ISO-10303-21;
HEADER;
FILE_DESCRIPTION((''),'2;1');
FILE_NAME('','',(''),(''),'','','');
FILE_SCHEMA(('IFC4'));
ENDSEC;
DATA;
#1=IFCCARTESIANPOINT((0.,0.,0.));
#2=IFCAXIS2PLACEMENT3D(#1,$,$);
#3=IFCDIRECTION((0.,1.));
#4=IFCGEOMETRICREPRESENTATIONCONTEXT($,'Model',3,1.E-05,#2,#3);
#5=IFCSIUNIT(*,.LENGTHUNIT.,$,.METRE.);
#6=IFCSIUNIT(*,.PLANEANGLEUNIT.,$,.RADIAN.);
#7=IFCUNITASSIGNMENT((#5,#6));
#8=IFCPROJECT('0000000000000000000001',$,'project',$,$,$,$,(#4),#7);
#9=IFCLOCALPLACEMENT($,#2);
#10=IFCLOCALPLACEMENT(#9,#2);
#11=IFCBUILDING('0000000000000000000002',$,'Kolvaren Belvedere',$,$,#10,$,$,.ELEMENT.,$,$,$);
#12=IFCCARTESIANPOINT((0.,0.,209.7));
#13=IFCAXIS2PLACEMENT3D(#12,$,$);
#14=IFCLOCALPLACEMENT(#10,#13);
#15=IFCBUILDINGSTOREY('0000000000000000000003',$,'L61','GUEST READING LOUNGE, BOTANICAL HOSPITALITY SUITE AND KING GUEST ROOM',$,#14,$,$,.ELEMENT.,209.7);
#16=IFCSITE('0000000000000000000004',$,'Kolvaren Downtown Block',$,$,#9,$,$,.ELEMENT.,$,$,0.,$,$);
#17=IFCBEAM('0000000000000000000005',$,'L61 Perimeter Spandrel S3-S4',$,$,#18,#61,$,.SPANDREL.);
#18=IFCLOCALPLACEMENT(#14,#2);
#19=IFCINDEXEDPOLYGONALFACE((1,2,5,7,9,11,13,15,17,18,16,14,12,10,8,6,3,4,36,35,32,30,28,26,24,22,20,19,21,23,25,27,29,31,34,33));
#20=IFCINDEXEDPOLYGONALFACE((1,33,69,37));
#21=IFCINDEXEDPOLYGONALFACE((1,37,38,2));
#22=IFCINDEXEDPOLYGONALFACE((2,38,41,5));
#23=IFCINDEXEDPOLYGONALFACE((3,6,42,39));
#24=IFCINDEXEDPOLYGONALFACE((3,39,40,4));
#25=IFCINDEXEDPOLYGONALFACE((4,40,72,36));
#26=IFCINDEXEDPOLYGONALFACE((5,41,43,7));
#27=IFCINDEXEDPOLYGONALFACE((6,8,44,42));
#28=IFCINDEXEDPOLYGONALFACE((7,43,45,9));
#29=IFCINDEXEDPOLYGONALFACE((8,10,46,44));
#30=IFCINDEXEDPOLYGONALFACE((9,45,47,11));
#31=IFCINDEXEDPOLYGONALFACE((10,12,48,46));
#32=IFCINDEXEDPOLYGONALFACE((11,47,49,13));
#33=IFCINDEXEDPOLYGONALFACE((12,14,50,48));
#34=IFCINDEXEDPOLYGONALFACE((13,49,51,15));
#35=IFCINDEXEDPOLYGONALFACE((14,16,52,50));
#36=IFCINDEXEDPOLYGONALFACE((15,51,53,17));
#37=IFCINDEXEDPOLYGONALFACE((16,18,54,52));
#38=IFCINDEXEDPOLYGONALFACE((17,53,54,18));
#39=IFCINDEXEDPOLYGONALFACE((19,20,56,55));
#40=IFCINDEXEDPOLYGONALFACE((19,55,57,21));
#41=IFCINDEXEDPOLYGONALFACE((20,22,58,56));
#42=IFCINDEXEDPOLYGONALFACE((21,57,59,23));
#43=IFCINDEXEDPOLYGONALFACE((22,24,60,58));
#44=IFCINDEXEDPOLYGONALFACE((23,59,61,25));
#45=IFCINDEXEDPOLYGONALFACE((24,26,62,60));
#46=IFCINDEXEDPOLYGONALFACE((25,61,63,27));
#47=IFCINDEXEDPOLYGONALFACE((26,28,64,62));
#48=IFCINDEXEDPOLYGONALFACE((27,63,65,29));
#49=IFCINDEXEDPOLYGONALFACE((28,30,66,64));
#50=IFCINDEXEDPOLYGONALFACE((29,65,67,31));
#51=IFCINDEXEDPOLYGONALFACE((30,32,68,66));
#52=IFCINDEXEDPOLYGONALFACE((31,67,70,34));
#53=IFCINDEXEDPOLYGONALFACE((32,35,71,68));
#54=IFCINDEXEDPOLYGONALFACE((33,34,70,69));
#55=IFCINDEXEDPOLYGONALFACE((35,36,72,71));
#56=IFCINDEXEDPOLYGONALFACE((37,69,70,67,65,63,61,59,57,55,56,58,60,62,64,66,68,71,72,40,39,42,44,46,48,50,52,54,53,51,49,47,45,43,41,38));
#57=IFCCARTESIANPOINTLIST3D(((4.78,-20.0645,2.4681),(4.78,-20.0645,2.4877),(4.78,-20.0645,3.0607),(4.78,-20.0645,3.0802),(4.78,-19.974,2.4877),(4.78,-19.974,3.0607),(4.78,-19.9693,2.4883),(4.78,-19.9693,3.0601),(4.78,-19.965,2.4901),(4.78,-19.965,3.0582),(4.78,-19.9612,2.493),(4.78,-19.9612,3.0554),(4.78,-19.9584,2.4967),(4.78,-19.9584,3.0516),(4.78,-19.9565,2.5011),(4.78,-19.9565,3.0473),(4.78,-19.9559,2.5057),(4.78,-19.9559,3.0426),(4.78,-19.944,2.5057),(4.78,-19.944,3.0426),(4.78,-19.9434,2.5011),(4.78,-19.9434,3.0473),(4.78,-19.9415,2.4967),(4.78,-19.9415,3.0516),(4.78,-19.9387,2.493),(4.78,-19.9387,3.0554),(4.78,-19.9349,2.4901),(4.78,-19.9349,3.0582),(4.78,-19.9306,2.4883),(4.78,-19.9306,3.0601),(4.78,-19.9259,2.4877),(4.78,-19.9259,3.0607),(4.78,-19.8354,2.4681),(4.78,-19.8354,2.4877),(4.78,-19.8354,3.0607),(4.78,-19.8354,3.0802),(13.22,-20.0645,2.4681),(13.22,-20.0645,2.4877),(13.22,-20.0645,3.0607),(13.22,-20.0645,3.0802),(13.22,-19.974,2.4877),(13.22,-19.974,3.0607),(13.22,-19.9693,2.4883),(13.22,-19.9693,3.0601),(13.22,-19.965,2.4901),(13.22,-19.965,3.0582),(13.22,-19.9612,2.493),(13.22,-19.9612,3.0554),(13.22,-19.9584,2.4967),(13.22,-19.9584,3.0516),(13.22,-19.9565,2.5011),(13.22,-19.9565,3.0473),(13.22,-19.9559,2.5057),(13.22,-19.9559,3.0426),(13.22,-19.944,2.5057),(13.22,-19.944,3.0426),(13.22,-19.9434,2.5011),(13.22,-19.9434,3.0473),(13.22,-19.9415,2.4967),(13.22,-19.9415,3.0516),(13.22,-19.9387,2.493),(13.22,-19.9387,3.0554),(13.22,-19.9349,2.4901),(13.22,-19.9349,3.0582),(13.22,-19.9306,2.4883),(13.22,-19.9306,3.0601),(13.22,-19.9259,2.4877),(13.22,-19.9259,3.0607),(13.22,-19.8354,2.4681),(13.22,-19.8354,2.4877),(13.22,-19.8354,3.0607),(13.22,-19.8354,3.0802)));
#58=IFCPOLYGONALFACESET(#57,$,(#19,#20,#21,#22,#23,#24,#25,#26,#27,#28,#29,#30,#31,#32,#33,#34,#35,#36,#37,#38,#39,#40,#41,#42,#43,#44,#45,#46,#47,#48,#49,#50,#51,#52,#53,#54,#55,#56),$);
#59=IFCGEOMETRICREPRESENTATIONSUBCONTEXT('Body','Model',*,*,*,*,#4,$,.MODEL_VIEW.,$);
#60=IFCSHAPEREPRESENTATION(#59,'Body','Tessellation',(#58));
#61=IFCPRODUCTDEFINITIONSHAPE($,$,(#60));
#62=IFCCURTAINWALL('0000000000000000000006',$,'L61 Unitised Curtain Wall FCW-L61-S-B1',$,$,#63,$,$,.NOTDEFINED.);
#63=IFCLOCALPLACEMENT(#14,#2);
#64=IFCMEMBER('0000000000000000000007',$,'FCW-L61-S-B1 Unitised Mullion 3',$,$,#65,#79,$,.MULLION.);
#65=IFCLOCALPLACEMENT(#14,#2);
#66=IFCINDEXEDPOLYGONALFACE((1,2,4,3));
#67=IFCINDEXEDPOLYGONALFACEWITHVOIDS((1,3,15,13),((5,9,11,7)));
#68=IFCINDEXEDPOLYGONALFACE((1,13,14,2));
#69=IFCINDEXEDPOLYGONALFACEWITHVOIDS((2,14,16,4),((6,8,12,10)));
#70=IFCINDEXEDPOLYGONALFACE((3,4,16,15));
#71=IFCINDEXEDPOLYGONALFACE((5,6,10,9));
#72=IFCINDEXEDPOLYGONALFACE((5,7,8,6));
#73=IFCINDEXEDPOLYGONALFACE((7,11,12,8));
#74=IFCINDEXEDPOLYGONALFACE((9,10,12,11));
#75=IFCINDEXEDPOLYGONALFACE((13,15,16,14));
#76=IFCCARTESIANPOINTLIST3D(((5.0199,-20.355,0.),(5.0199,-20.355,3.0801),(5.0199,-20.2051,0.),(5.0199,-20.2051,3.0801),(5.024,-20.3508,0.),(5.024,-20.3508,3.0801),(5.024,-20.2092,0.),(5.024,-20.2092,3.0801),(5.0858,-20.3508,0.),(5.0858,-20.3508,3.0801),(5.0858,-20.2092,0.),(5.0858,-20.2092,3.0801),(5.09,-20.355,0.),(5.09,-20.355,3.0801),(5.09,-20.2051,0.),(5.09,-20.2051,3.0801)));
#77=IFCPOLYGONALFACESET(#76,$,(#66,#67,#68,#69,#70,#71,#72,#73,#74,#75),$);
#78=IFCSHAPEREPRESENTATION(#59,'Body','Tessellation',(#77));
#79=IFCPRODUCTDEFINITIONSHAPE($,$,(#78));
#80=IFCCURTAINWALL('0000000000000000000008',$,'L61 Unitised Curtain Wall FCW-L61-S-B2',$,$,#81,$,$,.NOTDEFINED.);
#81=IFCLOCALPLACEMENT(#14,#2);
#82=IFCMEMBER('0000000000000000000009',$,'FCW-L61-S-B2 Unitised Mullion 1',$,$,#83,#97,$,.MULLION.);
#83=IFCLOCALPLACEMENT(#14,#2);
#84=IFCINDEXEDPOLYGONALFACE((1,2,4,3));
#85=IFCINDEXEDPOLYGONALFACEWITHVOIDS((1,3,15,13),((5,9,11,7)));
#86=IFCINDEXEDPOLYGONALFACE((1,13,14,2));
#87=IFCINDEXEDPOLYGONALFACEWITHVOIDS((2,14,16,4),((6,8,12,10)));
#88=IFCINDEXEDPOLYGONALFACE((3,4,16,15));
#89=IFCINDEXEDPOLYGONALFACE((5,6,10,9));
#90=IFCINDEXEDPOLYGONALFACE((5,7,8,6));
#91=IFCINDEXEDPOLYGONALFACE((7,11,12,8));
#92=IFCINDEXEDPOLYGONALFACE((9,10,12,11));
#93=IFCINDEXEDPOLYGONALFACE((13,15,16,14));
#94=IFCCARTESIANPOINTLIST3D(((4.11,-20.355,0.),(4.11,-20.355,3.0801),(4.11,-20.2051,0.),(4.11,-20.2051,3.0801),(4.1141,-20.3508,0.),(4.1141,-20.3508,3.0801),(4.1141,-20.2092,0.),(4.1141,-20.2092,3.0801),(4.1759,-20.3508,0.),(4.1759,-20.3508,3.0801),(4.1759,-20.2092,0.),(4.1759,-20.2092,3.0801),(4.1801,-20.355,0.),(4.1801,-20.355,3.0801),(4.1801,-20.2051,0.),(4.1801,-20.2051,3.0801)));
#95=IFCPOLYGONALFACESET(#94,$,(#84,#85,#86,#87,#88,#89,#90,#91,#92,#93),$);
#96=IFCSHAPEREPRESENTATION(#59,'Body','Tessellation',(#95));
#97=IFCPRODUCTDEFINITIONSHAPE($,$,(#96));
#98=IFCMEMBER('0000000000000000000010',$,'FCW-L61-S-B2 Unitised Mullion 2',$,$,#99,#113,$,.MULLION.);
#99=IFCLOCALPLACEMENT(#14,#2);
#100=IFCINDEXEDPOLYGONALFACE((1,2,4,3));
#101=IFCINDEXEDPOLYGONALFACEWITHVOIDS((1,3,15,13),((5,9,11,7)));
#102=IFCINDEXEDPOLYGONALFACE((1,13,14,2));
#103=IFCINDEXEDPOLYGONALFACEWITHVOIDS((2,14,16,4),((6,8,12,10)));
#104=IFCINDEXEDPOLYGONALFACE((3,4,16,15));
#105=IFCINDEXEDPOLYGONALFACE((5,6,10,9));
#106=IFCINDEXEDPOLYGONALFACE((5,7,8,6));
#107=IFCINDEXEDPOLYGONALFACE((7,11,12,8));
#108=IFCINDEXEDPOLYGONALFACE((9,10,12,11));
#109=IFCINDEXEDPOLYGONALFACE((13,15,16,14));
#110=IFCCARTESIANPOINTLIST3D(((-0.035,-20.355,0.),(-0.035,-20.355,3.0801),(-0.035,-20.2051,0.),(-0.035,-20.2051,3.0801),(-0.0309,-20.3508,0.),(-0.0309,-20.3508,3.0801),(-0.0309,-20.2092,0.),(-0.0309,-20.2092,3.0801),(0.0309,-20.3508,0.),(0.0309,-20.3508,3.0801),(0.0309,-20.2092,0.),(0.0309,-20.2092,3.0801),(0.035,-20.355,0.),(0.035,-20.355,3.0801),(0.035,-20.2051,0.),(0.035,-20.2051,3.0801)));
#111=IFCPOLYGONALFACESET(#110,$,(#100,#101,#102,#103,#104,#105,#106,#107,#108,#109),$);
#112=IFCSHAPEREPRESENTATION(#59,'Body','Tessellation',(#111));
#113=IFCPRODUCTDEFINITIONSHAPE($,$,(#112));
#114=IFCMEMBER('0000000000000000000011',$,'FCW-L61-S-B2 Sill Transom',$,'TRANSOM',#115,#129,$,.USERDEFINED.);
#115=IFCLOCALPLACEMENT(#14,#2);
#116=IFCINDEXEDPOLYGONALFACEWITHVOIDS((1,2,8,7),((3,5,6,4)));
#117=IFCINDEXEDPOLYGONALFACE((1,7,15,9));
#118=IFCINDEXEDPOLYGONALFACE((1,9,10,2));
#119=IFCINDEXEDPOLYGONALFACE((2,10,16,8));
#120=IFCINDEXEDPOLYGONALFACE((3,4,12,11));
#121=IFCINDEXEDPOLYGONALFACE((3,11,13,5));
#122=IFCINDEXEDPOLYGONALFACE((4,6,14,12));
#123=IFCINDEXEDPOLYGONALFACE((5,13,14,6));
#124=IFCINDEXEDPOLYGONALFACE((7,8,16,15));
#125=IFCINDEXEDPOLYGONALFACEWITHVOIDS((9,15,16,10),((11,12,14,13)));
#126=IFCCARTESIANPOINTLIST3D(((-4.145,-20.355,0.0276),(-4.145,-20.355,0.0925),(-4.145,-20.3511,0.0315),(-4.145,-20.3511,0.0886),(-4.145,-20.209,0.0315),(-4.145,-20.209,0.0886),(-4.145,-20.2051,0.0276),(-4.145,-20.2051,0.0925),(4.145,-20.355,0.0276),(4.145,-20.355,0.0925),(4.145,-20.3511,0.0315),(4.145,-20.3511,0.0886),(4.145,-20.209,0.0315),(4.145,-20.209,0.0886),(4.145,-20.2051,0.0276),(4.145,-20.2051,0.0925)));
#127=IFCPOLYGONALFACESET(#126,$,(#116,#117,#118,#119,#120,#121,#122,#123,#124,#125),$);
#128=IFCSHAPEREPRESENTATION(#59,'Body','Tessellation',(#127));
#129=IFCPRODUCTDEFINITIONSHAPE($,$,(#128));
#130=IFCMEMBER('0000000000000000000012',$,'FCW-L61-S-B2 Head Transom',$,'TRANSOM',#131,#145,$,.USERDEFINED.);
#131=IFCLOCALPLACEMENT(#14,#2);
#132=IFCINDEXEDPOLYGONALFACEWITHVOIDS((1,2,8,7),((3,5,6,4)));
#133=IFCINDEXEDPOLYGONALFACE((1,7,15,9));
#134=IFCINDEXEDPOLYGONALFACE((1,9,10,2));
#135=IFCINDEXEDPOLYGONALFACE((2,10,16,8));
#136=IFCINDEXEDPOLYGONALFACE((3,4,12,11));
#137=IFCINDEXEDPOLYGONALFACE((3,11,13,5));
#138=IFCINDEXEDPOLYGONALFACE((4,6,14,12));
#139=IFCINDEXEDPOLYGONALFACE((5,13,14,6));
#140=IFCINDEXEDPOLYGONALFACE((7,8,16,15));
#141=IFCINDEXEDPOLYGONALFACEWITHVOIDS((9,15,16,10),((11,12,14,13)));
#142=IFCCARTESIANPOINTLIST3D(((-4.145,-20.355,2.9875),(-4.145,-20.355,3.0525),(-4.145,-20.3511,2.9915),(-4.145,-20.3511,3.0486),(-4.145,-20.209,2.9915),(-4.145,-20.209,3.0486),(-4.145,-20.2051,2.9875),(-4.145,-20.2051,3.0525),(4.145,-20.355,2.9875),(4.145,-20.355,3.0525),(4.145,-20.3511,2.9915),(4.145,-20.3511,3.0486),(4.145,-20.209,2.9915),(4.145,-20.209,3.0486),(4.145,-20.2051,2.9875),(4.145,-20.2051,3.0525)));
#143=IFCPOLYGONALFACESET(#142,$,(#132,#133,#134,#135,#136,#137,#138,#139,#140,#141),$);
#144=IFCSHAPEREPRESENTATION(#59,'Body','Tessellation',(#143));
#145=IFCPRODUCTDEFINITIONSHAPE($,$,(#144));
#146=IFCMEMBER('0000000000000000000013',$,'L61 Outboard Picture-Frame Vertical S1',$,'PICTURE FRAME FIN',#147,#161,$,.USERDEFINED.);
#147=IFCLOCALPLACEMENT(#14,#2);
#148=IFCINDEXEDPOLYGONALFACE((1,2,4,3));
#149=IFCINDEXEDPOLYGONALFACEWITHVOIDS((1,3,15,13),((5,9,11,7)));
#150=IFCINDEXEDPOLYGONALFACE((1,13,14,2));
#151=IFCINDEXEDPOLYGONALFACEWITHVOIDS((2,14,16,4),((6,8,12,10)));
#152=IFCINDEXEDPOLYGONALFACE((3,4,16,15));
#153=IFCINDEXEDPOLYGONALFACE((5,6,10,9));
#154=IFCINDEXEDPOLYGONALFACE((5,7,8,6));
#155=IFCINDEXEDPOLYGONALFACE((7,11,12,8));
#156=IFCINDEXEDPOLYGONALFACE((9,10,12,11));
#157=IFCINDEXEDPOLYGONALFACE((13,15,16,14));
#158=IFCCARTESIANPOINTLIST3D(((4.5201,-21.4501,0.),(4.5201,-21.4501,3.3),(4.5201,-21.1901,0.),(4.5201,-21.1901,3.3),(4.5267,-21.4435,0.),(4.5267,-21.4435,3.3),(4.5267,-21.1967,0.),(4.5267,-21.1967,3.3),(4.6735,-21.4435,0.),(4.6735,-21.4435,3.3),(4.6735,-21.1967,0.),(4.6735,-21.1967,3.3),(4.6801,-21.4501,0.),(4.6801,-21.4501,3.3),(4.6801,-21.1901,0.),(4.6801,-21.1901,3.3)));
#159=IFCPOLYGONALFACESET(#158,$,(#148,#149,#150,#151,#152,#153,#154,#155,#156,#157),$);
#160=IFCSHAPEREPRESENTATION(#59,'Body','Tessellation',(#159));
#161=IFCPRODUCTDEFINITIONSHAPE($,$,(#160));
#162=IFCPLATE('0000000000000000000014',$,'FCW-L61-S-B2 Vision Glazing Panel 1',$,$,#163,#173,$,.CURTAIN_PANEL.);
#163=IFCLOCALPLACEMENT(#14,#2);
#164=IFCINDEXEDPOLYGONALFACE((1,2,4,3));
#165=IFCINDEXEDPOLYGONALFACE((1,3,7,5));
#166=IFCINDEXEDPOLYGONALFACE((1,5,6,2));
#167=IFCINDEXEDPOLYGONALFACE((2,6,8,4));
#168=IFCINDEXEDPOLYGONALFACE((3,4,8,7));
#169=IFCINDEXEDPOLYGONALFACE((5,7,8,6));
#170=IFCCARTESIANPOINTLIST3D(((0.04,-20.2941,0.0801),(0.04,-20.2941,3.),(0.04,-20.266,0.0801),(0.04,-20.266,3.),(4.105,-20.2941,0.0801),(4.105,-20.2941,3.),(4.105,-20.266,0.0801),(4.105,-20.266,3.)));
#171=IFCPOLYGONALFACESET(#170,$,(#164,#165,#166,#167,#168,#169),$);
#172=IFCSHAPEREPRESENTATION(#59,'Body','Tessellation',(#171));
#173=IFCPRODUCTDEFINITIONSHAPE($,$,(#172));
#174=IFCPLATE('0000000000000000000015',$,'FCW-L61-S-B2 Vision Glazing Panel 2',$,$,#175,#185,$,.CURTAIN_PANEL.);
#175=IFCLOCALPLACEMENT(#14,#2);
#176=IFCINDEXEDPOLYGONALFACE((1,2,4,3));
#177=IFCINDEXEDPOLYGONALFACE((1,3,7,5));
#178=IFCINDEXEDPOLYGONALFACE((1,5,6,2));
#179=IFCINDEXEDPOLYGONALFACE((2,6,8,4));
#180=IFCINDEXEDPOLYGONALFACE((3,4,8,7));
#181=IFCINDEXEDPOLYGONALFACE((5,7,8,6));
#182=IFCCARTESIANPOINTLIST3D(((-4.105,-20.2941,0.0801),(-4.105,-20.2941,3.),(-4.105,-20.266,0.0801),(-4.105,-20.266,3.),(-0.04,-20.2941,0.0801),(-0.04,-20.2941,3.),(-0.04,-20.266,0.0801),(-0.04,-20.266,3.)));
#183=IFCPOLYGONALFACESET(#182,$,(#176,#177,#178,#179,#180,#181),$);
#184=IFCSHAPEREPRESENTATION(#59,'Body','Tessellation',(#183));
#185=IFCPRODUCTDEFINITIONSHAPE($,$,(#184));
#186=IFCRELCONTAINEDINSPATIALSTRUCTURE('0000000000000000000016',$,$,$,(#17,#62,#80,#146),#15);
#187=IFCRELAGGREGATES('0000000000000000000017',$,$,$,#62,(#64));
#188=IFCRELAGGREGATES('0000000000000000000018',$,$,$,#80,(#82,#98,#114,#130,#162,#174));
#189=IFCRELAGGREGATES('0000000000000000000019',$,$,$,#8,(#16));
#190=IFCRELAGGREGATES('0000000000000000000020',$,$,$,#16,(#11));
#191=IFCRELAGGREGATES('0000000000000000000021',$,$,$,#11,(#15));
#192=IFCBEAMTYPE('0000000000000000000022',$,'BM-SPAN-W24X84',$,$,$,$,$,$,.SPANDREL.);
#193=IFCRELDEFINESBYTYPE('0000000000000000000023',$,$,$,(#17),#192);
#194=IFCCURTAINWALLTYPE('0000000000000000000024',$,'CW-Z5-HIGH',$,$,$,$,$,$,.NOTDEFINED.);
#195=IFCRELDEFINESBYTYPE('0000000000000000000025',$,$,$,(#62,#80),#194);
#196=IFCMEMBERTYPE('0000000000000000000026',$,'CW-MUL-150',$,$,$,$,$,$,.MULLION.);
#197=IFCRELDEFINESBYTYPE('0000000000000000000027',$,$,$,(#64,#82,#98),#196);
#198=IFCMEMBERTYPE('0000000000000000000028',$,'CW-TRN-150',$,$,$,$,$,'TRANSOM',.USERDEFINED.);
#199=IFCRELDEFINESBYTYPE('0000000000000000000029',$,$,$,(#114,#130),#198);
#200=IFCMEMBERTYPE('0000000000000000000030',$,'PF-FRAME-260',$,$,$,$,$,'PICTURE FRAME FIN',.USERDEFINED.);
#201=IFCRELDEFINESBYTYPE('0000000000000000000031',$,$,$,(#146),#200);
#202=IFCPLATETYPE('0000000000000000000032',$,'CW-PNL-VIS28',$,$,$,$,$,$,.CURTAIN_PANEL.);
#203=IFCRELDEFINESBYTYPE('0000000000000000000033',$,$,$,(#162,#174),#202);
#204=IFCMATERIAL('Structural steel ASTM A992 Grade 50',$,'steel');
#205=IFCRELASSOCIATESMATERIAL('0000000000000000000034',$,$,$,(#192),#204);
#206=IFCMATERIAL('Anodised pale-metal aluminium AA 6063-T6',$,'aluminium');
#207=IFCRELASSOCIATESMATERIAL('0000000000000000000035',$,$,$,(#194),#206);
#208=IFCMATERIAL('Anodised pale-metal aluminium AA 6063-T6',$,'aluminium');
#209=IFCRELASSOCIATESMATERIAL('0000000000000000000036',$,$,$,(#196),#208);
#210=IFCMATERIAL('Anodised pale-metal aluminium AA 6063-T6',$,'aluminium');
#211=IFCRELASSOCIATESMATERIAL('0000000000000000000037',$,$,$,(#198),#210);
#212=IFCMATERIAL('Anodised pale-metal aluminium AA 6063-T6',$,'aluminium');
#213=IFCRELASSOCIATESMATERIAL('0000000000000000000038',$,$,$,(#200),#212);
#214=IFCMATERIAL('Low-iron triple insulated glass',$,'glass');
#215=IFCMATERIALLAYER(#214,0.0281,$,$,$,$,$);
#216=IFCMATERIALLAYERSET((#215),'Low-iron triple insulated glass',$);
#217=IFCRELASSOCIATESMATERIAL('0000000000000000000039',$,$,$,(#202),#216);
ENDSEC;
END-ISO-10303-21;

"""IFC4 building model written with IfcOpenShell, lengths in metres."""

from ifc_helpers import new_model, si_unit, direction, frame, origin, origin_2d, place, context, subcontext, project, spatial, rectangle, hollow_rectangle, i_section, extrude, material, layer, layer_set, material_profile, profile_set, type_object, element, aggregate, save


model = new_model("IFC4")

# Units and contexts
model_context = context("Model", 3, precision=1e-05, world=origin(), true_north=direction((0.0, 1.0)))
body_context = subcontext(model_context, "Body", "Model", "MODEL_VIEW")
ifc_project = project(units=[si_unit("LENGTHUNIT", "METRE"), si_unit("PLANEANGLEUNIT", "RADIAN")], contexts=[model_context])

# Site, building, storey
site_placement = place(None, origin())
site = spatial("IfcSite", under=ifc_project, at=site_placement, Name="Kolvaren Downtown Block", CompositionType="ELEMENT", RefElevation=0.0)
building_placement = place(site_placement, origin())
building = spatial("IfcBuilding", under=site, at=building_placement, Name="Kolvaren Belvedere", CompositionType="ELEMENT")
storey_placement = place(building_placement, frame((0.0, 0.0, 209.7)))
storey = spatial("IfcBuildingStorey", under=building, at=storey_placement, Name="L61", Description="GUEST READING LOUNGE, BOTANICAL HOSPITALITY SUITE AND KING GUEST ROOM", CompositionType="ELEMENT", Elevation=209.7)

# Beam
ifc_material_1 = material(Name="Structural steel ASTM A992 Grade 50", Category="steel")
ifc_material_profile_1 = material_profile(ifc_material_1, i_section(OverallWidth=0.229, OverallDepth=0.6121, WebThickness=0.012, FlangeThickness=0.0195, FilletRadius=0.0181, at=origin_2d()), Name="W24X84")
ifc_profile_set_1 = profile_set([ifc_material_profile_1], Name="Structural steel ASTM A992 Grade 50")
beam_type_1 = type_object("IfcBeamType", Name="BM-SPAN-W24X84", PredefinedType="SPANDREL", material=ifc_profile_set_1)
beam_1_placement = place(storey_placement, frame((4.78, -19.95, 2.7742), z_axis=(1.0, 0.0, 0.0), x_axis=(0.0, 1.0, 0.0)))
element("IfcBeam", 1, at=beam_1_placement, inside=storey, type_object=beam_type_1, Name="L61 Perimeter Spandrel S3-S4", PredefinedType="SPANDREL", context=body_context, shape_type="SweptSolid", body=[
    extrude(i_section(OverallWidth=0.229, OverallDepth=0.6121, WebThickness=0.012, FlangeThickness=0.0195, FilletRadius=0.0181, at=origin_2d()), origin(), (0.0, 0.0, 1.0), 8.4399),
])

# Curtain wall, member
ifc_material_2 = material(Name="Anodised pale-metal aluminium AA 6063-T6", Category="aluminium")
curtain_wall_type = type_object("IfcCurtainWallType", Name="CW-Z5-HIGH", PredefinedType="NOTDEFINED", material=ifc_material_2)
curtain_wall_1_placement = place(storey_placement, origin())
curtain_wall_1 = element("IfcCurtainWall", 2, at=curtain_wall_1_placement, inside=storey, type_object=curtain_wall_type, Name="L61 Unitised Curtain Wall FCW-L61-S-B1", PredefinedType="NOTDEFINED")
ifc_material_3 = material(Name="Anodised pale-metal aluminium AA 6063-T6", Category="aluminium")
ifc_material_profile_2 = material_profile(ifc_material_3, hollow_rectangle(XDim=0.0701, YDim=0.1499, WallThickness=0.0042, at=origin_2d()), Name="ALU-MUL-150X70")
ifc_profile_set_2 = profile_set([ifc_material_profile_2], Name="Anodised pale-metal aluminium AA 6063-T6")
member_type_1 = type_object("IfcMemberType", Name="CW-MUL-150", PredefinedType="MULLION", material=ifc_profile_set_2)
member_1_placement = place(storey_placement, frame((5.0549, -20.28, 0.0), z_axis=(0.0, 0.0, 1.0), x_axis=(1.0, 0.0, 0.0)))
member_1 = element("IfcMember", 3, at=member_1_placement, type_object=member_type_1, Name="FCW-L61-S-B1 Unitised Mullion 3", PredefinedType="MULLION", context=body_context, shape_type="SweptSolid", body=[
    extrude(hollow_rectangle(XDim=0.0701, YDim=0.1499, WallThickness=0.0042, at=origin_2d()), origin(), (0.0, 0.0, 1.0), 3.0801),
])
aggregate(curtain_wall_1, [member_1])

# Curtain wall, members
curtain_wall_2_placement = place(storey_placement, origin())
curtain_wall_2 = element("IfcCurtainWall", 4, at=curtain_wall_2_placement, inside=storey, type_object=curtain_wall_type, Name="L61 Unitised Curtain Wall FCW-L61-S-B2", PredefinedType="NOTDEFINED")
member_2_placement = place(storey_placement, frame((4.145, -20.28, 0.0), z_axis=(0.0, 0.0, 1.0), x_axis=(1.0, 0.0, 0.0)))
member_2 = element("IfcMember", 5, at=member_2_placement, type_object=member_type_1, Name="FCW-L61-S-B2 Unitised Mullion 1", PredefinedType="MULLION", context=body_context, shape_type="SweptSolid", body=[
    extrude(hollow_rectangle(XDim=0.0701, YDim=0.1499, WallThickness=0.0042, at=origin_2d()), origin(), (0.0, 0.0, 1.0), 3.0801),
])
member_3_placement = place(storey_placement, frame((0.0, -20.28, 0.0), z_axis=(0.0, 0.0, 1.0), x_axis=(1.0, 0.0, 0.0)))
member_3 = element("IfcMember", 6, at=member_3_placement, type_object=member_type_1, Name="FCW-L61-S-B2 Unitised Mullion 2", PredefinedType="MULLION", context=body_context, shape_type="SweptSolid", body=[
    extrude(hollow_rectangle(XDim=0.0701, YDim=0.1499, WallThickness=0.0042, at=origin_2d()), origin(), (0.0, 0.0, 1.0), 3.0801),
])
ifc_material_4 = material(Name="Anodised pale-metal aluminium AA 6063-T6", Category="aluminium")
ifc_material_profile_3 = material_profile(ifc_material_4, hollow_rectangle(XDim=0.0649, YDim=0.1499, WallThickness=0.0039, at=origin_2d()), Name="ALU-TRN-150X65")
ifc_profile_set_3 = profile_set([ifc_material_profile_3], Name="Anodised pale-metal aluminium AA 6063-T6")
member_type_2 = type_object("IfcMemberType", Name="CW-TRN-150", ElementType="TRANSOM", PredefinedType="USERDEFINED", material=ifc_profile_set_3)
member_4_placement = place(storey_placement, frame((4.145, -20.28, 0.0601), z_axis=(-1.0, 0.0, 0.0), x_axis=(0.0, 0.0, 1.0)))
member_4 = element("IfcMember", 7, at=member_4_placement, type_object=member_type_2, Name="FCW-L61-S-B2 Sill Transom", ObjectType="TRANSOM", PredefinedType="USERDEFINED", context=body_context, shape_type="SweptSolid", body=[
    extrude(hollow_rectangle(XDim=0.0649, YDim=0.1499, WallThickness=0.0039, at=origin_2d()), origin(), (0.0, 0.0, 1.0), 8.29),
])
member_5_placement = place(storey_placement, frame((4.145, -20.28, 3.02), z_axis=(-1.0, 0.0, 0.0), x_axis=(0.0, 0.0, 1.0)))
member_5 = element("IfcMember", 8, at=member_5_placement, type_object=member_type_2, Name="FCW-L61-S-B2 Head Transom", ObjectType="TRANSOM", PredefinedType="USERDEFINED", context=body_context, shape_type="SweptSolid", body=[
    extrude(hollow_rectangle(XDim=0.0649, YDim=0.1499, WallThickness=0.0039, at=origin_2d()), origin(), (0.0, 0.0, 1.0), 8.29),
])

# Member
ifc_material_5 = material(Name="Anodised pale-metal aluminium AA 6063-T6", Category="aluminium")
ifc_material_profile_4 = material_profile(ifc_material_5, hollow_rectangle(XDim=0.1599, YDim=0.26, WallThickness=0.0066, at=origin_2d()), Name="ALU-PF-260X160")
ifc_profile_set_4 = profile_set([ifc_material_profile_4], Name="Anodised pale-metal aluminium AA 6063-T6")
member_type_3 = type_object("IfcMemberType", Name="PF-FRAME-260", ElementType="PICTURE FRAME FIN", PredefinedType="USERDEFINED", material=ifc_profile_set_4)
member_6_placement = place(storey_placement, frame((4.6001, -21.3201, 0.0), z_axis=(0.0, 0.0, 1.0), x_axis=(1.0, 0.0, 0.0)))
element("IfcMember", 9, at=member_6_placement, inside=storey, type_object=member_type_3, Name="L61 Outboard Picture-Frame Vertical S1", ObjectType="PICTURE FRAME FIN", PredefinedType="USERDEFINED", context=body_context, shape_type="SweptSolid", body=[
    extrude(hollow_rectangle(XDim=0.1599, YDim=0.26, WallThickness=0.0066, at=origin_2d()), origin(), (0.0, 0.0, 1.0), 3.3),
])

# Plates
ifc_material_6 = material(Name="Low-iron triple insulated glass", Category="glass")
ifc_layer_1 = layer(ifc_material_6, 0.0281)
ifc_layer_set_1 = layer_set([ifc_layer_1], Name="Low-iron triple insulated glass")
plate_type_1 = type_object("IfcPlateType", Name="CW-PNL-VIS28", PredefinedType="CURTAIN_PANEL", material=ifc_layer_set_1)
plate_1_placement = place(storey_placement, frame((2.0725, -20.28, 0.0801), z_axis=(0.0, 0.0, 1.0), x_axis=(-1.0, 0.0, 0.0)))
plate_1 = element("IfcPlate", 10, at=plate_1_placement, type_object=plate_type_1, Name="FCW-L61-S-B2 Vision Glazing Panel 1", PredefinedType="CURTAIN_PANEL", context=body_context, shape_type="SweptSolid", body=[
    extrude(rectangle(XDim=4.0649, YDim=0.0281, at=origin_2d()), origin(), (0.0, 0.0, 1.0), 2.9199),
])
plate_2_placement = place(storey_placement, frame((-2.0725, -20.28, 0.0801), z_axis=(0.0, 0.0, 1.0), x_axis=(-1.0, 0.0, 0.0)))
plate_2 = element("IfcPlate", 11, at=plate_2_placement, type_object=plate_type_1, Name="FCW-L61-S-B2 Vision Glazing Panel 2", PredefinedType="CURTAIN_PANEL", context=body_context, shape_type="SweptSolid", body=[
    extrude(rectangle(XDim=4.0649, YDim=0.0281, at=origin_2d()), origin(), (0.0, 0.0, 1.0), 2.9199),
])
aggregate(curtain_wall_2, [member_2, member_3, member_4, member_5, plate_1, plate_2])

save(model, "model.ifc")
